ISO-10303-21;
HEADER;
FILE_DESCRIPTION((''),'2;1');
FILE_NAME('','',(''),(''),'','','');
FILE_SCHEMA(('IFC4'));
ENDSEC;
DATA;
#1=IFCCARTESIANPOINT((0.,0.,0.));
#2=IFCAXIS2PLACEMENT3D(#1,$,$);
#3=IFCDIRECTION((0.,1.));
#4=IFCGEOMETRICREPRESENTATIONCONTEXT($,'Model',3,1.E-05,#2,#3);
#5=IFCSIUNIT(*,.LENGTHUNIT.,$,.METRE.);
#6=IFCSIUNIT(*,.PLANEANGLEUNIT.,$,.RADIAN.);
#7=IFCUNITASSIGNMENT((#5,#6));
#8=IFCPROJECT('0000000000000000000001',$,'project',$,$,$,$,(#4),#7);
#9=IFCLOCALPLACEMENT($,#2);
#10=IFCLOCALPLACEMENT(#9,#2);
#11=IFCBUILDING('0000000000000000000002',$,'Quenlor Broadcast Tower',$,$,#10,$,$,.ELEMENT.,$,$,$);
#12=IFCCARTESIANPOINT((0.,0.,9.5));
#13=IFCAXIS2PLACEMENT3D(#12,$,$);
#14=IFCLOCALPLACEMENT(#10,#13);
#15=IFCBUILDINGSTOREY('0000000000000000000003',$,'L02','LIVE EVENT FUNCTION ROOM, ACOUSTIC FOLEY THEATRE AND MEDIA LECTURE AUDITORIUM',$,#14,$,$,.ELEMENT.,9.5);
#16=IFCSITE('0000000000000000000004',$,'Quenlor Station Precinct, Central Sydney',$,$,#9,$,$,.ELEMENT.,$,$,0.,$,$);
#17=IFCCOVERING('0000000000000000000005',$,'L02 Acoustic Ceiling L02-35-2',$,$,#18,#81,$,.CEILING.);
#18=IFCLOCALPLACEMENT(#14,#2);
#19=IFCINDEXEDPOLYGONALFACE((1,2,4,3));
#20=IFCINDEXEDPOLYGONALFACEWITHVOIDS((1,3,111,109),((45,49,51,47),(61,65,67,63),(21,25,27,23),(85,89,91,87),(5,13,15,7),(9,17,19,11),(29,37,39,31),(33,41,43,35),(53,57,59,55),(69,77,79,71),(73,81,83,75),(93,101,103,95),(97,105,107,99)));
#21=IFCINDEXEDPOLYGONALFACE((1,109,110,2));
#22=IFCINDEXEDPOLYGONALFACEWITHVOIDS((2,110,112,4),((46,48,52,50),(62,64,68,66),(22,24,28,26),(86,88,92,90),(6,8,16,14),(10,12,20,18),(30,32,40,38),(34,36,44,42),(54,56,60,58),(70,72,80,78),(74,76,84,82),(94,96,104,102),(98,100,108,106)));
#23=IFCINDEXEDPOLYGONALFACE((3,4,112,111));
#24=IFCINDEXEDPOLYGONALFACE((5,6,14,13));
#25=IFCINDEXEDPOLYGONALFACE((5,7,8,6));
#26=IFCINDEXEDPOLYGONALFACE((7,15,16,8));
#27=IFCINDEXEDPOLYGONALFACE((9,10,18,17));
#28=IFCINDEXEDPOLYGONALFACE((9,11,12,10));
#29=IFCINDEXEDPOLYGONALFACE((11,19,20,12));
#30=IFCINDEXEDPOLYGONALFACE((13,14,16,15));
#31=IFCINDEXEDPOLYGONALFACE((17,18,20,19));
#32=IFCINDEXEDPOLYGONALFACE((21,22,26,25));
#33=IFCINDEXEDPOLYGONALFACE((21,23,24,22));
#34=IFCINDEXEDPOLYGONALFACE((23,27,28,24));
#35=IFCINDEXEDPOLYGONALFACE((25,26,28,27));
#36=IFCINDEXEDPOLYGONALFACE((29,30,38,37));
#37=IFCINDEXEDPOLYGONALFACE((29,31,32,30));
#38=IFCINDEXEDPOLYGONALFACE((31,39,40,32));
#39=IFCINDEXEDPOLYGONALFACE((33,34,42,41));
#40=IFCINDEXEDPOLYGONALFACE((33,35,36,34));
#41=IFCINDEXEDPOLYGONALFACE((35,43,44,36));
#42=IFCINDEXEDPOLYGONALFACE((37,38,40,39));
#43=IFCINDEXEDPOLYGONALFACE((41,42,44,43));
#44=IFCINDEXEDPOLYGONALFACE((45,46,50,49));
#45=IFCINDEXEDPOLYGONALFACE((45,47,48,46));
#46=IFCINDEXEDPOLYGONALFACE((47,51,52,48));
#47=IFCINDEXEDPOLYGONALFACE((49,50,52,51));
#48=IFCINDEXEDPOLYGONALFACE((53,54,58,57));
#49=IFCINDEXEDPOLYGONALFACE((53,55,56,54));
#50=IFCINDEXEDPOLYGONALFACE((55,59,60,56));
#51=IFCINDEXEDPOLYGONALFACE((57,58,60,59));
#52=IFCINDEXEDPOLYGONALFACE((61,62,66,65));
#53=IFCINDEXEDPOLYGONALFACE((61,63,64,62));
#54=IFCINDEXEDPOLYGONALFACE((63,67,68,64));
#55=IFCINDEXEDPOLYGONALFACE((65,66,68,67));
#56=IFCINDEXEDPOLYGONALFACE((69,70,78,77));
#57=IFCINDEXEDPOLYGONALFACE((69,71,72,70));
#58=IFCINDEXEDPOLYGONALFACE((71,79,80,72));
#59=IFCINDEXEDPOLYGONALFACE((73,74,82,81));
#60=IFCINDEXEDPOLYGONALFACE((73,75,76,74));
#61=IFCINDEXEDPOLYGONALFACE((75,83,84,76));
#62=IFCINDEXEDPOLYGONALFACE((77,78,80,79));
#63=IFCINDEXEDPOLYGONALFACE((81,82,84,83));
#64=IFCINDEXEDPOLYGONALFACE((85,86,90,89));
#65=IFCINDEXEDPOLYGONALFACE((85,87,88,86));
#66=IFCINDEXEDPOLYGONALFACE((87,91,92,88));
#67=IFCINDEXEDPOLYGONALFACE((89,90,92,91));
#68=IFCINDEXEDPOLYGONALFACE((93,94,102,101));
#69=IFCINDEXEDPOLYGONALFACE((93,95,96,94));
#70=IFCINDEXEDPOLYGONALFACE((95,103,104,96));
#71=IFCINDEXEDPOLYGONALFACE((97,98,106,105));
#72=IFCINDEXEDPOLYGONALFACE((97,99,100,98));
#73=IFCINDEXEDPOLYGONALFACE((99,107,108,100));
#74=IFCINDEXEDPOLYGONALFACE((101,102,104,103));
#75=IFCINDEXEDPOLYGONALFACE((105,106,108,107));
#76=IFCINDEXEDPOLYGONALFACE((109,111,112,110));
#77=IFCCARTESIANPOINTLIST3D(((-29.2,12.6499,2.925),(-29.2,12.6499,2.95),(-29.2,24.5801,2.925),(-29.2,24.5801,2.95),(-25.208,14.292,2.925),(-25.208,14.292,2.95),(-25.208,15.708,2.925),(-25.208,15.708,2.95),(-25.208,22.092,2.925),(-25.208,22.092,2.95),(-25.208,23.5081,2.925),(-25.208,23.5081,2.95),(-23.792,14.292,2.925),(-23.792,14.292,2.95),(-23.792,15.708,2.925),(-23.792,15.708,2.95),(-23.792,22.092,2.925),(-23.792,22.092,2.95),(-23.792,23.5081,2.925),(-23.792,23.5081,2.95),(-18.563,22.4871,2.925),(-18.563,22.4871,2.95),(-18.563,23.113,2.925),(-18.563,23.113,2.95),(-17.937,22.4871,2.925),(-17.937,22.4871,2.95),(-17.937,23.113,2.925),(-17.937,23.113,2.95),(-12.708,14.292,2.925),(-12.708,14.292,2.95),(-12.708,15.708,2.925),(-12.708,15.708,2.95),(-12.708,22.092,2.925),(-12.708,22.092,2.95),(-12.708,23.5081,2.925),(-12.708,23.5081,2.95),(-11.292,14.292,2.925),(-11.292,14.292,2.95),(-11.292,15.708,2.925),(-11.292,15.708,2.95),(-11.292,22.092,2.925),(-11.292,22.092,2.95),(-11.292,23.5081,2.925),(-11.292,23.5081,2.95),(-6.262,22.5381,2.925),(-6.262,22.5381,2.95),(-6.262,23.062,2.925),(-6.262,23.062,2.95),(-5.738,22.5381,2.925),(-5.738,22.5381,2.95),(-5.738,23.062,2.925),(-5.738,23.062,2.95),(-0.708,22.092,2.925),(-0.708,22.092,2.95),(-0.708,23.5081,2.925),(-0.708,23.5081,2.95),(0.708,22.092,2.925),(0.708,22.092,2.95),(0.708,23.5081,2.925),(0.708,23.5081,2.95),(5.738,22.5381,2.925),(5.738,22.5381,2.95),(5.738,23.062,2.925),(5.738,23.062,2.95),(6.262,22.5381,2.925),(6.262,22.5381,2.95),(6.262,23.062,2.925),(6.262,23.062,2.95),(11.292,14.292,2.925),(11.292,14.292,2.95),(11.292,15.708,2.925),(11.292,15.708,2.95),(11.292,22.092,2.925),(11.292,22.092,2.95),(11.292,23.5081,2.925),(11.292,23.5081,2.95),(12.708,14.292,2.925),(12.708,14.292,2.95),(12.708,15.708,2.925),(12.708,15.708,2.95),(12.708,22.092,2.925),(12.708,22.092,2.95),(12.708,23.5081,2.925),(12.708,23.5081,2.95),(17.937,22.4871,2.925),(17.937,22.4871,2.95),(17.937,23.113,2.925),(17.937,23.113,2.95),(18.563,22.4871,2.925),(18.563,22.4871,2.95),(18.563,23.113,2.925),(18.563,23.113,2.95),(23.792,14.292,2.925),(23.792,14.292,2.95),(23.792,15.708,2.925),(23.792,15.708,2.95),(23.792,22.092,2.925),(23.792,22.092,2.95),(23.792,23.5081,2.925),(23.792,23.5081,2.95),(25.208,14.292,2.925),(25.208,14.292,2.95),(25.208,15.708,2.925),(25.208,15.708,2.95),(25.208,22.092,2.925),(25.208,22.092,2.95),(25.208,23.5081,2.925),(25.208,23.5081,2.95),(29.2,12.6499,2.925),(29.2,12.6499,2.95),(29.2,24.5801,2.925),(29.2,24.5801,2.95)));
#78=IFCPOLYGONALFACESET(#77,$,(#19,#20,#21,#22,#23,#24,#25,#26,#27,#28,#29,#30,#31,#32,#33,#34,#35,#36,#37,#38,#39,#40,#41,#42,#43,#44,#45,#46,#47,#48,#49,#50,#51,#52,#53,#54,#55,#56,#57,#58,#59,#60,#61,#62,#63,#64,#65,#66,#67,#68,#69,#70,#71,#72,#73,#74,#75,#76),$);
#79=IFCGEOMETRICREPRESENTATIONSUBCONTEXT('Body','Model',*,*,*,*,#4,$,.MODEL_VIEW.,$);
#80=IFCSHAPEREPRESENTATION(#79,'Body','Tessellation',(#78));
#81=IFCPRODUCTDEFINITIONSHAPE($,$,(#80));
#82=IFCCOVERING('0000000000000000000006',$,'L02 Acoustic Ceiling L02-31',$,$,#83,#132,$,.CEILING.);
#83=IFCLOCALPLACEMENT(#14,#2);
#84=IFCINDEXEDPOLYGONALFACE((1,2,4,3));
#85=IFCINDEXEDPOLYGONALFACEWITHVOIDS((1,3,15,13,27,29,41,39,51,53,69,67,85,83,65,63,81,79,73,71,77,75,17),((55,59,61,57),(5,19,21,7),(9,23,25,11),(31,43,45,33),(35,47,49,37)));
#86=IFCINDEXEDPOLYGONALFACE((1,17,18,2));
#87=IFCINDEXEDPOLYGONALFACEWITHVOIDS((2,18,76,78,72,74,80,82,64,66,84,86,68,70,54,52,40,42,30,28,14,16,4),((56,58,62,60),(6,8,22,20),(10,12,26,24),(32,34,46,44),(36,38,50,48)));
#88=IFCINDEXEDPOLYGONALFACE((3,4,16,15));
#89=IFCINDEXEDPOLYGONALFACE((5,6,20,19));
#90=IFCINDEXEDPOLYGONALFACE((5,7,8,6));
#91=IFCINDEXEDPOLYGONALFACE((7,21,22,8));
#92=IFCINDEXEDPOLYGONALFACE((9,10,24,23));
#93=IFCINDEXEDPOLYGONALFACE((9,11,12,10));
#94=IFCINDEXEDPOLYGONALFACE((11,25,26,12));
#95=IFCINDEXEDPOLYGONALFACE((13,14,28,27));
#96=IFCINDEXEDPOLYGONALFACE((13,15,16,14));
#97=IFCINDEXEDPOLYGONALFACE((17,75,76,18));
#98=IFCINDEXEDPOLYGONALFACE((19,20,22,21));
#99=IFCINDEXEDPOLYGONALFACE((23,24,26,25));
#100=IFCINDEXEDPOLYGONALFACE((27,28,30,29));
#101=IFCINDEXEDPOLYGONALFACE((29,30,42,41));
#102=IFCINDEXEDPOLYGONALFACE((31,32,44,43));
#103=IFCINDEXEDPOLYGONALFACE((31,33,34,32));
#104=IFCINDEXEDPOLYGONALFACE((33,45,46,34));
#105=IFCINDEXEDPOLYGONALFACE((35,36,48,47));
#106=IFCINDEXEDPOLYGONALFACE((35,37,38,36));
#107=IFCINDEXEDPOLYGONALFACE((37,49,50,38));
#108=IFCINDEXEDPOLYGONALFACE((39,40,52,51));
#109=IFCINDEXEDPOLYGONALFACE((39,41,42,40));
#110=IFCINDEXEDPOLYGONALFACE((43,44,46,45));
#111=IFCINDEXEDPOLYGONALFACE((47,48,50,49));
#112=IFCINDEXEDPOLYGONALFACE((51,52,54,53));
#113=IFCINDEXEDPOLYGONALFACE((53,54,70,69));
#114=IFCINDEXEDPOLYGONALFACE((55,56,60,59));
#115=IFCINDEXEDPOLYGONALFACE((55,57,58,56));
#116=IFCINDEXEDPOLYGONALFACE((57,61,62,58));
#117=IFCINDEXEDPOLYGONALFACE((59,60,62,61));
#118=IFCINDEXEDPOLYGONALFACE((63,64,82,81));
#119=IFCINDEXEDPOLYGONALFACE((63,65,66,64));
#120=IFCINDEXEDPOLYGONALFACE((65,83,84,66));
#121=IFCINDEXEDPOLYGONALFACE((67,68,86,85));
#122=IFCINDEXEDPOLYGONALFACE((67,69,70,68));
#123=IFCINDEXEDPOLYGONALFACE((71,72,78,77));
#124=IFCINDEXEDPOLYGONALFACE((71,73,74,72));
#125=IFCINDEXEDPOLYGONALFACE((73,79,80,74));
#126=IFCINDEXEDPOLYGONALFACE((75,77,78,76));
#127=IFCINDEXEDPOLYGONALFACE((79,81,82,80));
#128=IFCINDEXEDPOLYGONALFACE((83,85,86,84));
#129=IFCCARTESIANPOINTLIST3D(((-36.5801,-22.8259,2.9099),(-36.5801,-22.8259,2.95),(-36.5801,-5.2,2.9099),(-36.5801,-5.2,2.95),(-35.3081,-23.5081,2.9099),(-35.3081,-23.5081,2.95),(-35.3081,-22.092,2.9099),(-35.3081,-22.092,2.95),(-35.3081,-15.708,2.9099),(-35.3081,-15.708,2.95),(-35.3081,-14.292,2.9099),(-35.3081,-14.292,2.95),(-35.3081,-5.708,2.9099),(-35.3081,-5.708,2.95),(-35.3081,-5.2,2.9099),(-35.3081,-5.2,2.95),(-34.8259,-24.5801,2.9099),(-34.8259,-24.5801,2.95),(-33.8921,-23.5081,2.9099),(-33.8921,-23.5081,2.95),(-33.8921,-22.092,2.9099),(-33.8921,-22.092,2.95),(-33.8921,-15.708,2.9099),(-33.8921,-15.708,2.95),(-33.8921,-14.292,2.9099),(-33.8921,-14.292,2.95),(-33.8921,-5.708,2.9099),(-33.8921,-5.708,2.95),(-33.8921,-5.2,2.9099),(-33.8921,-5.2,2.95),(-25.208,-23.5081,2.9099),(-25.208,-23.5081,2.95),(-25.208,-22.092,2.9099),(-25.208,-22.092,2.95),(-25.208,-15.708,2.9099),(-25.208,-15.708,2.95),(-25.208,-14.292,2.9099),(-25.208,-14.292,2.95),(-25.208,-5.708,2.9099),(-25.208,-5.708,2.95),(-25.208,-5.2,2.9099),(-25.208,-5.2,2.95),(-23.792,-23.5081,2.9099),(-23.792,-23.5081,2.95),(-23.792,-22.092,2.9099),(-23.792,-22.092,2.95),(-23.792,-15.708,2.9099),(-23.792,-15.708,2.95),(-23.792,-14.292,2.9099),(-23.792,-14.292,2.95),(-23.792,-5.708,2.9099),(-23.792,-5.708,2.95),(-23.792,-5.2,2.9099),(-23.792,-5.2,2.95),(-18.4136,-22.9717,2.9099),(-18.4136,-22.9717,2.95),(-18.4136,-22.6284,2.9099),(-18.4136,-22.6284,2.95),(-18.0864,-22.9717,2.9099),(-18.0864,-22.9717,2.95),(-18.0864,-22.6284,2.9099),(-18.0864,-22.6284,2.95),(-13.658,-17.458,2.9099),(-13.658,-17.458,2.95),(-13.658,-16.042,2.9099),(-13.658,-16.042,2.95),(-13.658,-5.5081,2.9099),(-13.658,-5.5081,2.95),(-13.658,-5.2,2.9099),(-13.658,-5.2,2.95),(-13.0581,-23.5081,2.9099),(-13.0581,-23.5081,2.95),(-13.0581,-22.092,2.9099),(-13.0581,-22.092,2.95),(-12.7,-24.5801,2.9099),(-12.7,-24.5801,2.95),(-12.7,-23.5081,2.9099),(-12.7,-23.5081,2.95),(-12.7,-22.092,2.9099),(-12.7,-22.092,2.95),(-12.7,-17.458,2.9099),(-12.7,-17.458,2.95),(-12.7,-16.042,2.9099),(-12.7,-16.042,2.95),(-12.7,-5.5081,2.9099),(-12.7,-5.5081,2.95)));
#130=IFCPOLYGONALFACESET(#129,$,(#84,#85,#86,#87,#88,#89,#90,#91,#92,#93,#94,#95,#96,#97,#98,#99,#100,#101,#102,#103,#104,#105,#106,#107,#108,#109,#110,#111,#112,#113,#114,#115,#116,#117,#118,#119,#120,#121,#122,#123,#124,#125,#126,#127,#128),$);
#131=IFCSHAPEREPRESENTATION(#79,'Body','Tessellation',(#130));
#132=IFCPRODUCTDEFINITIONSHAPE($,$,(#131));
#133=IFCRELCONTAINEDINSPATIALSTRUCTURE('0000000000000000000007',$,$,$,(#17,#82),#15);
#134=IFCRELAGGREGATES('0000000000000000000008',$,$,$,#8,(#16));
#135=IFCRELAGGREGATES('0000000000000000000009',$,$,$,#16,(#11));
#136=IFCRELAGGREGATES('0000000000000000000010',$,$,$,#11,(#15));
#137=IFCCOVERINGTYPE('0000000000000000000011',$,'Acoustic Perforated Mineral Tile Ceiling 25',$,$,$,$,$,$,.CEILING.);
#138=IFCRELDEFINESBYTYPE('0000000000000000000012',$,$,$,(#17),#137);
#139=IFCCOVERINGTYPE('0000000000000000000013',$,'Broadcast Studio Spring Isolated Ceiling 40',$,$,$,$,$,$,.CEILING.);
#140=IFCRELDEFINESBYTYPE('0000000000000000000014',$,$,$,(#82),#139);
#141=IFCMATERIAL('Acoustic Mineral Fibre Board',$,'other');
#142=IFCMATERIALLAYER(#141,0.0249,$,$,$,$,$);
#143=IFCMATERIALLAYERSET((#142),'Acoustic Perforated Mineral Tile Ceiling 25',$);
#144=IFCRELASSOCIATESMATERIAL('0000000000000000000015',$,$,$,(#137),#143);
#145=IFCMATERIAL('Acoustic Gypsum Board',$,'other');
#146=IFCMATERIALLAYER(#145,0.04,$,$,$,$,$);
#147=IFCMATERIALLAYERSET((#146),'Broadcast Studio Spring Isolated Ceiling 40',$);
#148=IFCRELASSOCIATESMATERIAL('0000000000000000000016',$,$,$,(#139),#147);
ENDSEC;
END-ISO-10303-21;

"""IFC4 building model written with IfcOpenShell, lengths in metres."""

from ifc_helpers import new_model, si_unit, direction, frame, origin, place, context, subcontext, project, spatial, polyline, outline, extrude, material, layer, layer_set, type_object, element, save


model = new_model("IFC4")

# Units and contexts
model_context = context("Model", 3, precision=1e-05, world=origin(), true_north=direction((0.0, 1.0)))
body_context = subcontext(model_context, "Body", "Model", "MODEL_VIEW")
ifc_project = project(units=[si_unit("LENGTHUNIT", "METRE"), si_unit("PLANEANGLEUNIT", "RADIAN")], contexts=[model_context])

# Site, building, storey
site_placement = place(None, origin())
site = spatial("IfcSite", under=ifc_project, at=site_placement, Name="Quenlor Station Precinct, Central Sydney", CompositionType="ELEMENT", RefElevation=0.0)
building_placement = place(site_placement, origin())
building = spatial("IfcBuilding", under=site, at=building_placement, Name="Quenlor Broadcast Tower", CompositionType="ELEMENT")
storey_placement = place(building_placement, frame((0.0, 0.0, 9.5)))
storey = spatial("IfcBuildingStorey", under=building, at=storey_placement, Name="L02", Description="LIVE EVENT FUNCTION ROOM, ACOUSTIC FOLEY THEATRE AND MEDIA LECTURE AUDITORIUM", CompositionType="ELEMENT", Elevation=9.5)

# Coverings
ifc_material_1 = material(Name="Acoustic Mineral Fibre Board", Category="other")
ifc_layer_1 = layer(ifc_material_1, 0.0249)
ifc_layer_set_1 = layer_set([ifc_layer_1], Name="Acoustic Perforated Mineral Tile Ceiling 25")
covering_type_1 = type_object("IfcCoveringType", Name="Acoustic Perforated Mineral Tile Ceiling 25", PredefinedType="CEILING", material=ifc_layer_set_1)
covering_1_placement = place(storey_placement, frame((0.0, 0.0, 2.925)))
element("IfcCovering", 1, at=covering_1_placement, inside=storey, type_object=covering_type_1, Name="L02 Acoustic Ceiling L02-35-2", PredefinedType="CEILING", context=body_context, shape_type="SweptSolid", body=[
    extrude(outline(polyline([(29.2, 24.5801), (29.2, 12.6499), (-29.2, 12.6499), (-29.2, 24.5801), (29.2, 24.5801)]), holes=[polyline([(-23.792, 14.292), (-23.792, 15.708), (-25.208, 15.708), (-25.208, 14.292), (-23.792, 14.292)]), polyline([(-23.792, 23.5081), (-25.208, 23.5081), (-25.208, 22.092), (-23.792, 22.092), (-23.792, 23.5081)]), polyline([(-17.937, 22.4871), (-17.937, 23.113), (-18.563, 23.113), (-18.563, 22.4871), (-17.937, 22.4871)]), polyline([(12.708, 14.292), (12.708, 15.708), (11.292, 15.708), (11.292, 14.292), (12.708, 14.292)]), polyline([(-11.292, 15.708), (-12.708, 15.708), (-12.708, 14.292), (-11.292, 14.292), (-11.292, 15.708)]), polyline([(0.708, 22.092), (0.708, 23.5081), (-0.708, 23.5081), (-0.708, 22.092), (0.708, 22.092)]), polyline([(12.708, 22.092), (12.708, 23.5081), (11.292, 23.5081), (11.292, 22.092), (12.708, 22.092)]), polyline([(6.262, 23.062), (5.738, 23.062), (5.738, 22.5381), (6.262, 22.5381), (6.262, 23.062)]), polyline([(-5.738, 22.5381), (-5.738, 23.062), (-6.262, 23.062), (-6.262, 22.5381), (-5.738, 22.5381)]), polyline([(-11.292, 22.092), (-11.292, 23.5081), (-12.708, 23.5081), (-12.708, 22.092), (-11.292, 22.092)]), polyline([(25.208, 14.292), (25.208, 15.708), (23.792, 15.708), (23.792, 14.292), (25.208, 14.292)]), polyline([(25.208, 22.092), (25.208, 23.5081), (23.792, 23.5081), (23.792, 22.092), (25.208, 22.092)]), polyline([(18.563, 22.4871), (18.563, 23.113), (17.937, 23.113), (17.937, 22.4871), (18.563, 22.4871)])]), origin(), (0.0, 0.0, 1.0), 0.0249),
])
ifc_material_2 = material(Name="Acoustic Gypsum Board", Category="other")
ifc_layer_2 = layer(ifc_material_2, 0.04)
ifc_layer_set_2 = layer_set([ifc_layer_2], Name="Broadcast Studio Spring Isolated Ceiling 40")
covering_type_2 = type_object("IfcCoveringType", Name="Broadcast Studio Spring Isolated Ceiling 40", PredefinedType="CEILING", material=ifc_layer_set_2)
covering_2_placement = place(storey_placement, frame((0.0, 0.0, 2.9099)))
element("IfcCovering", 2, at=covering_2_placement, inside=storey, type_object=covering_type_2, Name="L02 Acoustic Ceiling L02-31", PredefinedType="CEILING", context=body_context, shape_type="SweptSolid", body=[
    extrude(outline(polyline([(-36.5801, -5.2), (-35.3081, -5.2), (-35.3081, -5.708), (-33.8921, -5.708), (-33.8921, -5.2), (-25.208, -5.2), (-25.208, -5.708), (-23.792, -5.708), (-23.792, -5.2), (-13.658, -5.2), (-13.658, -5.5081), (-12.7, -5.5081), (-12.7, -16.042), (-13.658, -16.042), (-13.658, -17.458), (-12.7, -17.458), (-12.7, -22.092), (-13.0581, -22.092), (-13.0581, -23.5081), (-12.7, -23.5081), (-12.7, -24.5801), (-34.8259, -24.5801), (-36.5801, -22.8259), (-36.5801, -5.2)]), holes=[polyline([(-23.792, -22.092), (-25.208, -22.092), (-25.208, -23.5081), (-23.792, -23.5081), (-23.792, -22.092)]), polyline([(-18.0864, -22.9717), (-18.0864, -22.6284), (-18.4136, -22.6284), (-18.4136, -22.9717), (-18.0864, -22.9717)]), polyline([(-33.8921, -22.092), (-35.3081, -22.092), (-35.3081, -23.5081), (-33.8921, -23.5081), (-33.8921, -22.092)]), polyline([(-33.8921, -15.708), (-33.8921, -14.292), (-35.3081, -14.292), (-35.3081, -15.708), (-33.8921, -15.708)]), polyline([(-23.792, -14.292), (-25.208, -14.292), (-25.208, -15.708), (-23.792, -15.708), (-23.792, -14.292)])]), origin(), (0.0, 0.0, 1.0), 0.04),
])

save(model, "model.ifc")
